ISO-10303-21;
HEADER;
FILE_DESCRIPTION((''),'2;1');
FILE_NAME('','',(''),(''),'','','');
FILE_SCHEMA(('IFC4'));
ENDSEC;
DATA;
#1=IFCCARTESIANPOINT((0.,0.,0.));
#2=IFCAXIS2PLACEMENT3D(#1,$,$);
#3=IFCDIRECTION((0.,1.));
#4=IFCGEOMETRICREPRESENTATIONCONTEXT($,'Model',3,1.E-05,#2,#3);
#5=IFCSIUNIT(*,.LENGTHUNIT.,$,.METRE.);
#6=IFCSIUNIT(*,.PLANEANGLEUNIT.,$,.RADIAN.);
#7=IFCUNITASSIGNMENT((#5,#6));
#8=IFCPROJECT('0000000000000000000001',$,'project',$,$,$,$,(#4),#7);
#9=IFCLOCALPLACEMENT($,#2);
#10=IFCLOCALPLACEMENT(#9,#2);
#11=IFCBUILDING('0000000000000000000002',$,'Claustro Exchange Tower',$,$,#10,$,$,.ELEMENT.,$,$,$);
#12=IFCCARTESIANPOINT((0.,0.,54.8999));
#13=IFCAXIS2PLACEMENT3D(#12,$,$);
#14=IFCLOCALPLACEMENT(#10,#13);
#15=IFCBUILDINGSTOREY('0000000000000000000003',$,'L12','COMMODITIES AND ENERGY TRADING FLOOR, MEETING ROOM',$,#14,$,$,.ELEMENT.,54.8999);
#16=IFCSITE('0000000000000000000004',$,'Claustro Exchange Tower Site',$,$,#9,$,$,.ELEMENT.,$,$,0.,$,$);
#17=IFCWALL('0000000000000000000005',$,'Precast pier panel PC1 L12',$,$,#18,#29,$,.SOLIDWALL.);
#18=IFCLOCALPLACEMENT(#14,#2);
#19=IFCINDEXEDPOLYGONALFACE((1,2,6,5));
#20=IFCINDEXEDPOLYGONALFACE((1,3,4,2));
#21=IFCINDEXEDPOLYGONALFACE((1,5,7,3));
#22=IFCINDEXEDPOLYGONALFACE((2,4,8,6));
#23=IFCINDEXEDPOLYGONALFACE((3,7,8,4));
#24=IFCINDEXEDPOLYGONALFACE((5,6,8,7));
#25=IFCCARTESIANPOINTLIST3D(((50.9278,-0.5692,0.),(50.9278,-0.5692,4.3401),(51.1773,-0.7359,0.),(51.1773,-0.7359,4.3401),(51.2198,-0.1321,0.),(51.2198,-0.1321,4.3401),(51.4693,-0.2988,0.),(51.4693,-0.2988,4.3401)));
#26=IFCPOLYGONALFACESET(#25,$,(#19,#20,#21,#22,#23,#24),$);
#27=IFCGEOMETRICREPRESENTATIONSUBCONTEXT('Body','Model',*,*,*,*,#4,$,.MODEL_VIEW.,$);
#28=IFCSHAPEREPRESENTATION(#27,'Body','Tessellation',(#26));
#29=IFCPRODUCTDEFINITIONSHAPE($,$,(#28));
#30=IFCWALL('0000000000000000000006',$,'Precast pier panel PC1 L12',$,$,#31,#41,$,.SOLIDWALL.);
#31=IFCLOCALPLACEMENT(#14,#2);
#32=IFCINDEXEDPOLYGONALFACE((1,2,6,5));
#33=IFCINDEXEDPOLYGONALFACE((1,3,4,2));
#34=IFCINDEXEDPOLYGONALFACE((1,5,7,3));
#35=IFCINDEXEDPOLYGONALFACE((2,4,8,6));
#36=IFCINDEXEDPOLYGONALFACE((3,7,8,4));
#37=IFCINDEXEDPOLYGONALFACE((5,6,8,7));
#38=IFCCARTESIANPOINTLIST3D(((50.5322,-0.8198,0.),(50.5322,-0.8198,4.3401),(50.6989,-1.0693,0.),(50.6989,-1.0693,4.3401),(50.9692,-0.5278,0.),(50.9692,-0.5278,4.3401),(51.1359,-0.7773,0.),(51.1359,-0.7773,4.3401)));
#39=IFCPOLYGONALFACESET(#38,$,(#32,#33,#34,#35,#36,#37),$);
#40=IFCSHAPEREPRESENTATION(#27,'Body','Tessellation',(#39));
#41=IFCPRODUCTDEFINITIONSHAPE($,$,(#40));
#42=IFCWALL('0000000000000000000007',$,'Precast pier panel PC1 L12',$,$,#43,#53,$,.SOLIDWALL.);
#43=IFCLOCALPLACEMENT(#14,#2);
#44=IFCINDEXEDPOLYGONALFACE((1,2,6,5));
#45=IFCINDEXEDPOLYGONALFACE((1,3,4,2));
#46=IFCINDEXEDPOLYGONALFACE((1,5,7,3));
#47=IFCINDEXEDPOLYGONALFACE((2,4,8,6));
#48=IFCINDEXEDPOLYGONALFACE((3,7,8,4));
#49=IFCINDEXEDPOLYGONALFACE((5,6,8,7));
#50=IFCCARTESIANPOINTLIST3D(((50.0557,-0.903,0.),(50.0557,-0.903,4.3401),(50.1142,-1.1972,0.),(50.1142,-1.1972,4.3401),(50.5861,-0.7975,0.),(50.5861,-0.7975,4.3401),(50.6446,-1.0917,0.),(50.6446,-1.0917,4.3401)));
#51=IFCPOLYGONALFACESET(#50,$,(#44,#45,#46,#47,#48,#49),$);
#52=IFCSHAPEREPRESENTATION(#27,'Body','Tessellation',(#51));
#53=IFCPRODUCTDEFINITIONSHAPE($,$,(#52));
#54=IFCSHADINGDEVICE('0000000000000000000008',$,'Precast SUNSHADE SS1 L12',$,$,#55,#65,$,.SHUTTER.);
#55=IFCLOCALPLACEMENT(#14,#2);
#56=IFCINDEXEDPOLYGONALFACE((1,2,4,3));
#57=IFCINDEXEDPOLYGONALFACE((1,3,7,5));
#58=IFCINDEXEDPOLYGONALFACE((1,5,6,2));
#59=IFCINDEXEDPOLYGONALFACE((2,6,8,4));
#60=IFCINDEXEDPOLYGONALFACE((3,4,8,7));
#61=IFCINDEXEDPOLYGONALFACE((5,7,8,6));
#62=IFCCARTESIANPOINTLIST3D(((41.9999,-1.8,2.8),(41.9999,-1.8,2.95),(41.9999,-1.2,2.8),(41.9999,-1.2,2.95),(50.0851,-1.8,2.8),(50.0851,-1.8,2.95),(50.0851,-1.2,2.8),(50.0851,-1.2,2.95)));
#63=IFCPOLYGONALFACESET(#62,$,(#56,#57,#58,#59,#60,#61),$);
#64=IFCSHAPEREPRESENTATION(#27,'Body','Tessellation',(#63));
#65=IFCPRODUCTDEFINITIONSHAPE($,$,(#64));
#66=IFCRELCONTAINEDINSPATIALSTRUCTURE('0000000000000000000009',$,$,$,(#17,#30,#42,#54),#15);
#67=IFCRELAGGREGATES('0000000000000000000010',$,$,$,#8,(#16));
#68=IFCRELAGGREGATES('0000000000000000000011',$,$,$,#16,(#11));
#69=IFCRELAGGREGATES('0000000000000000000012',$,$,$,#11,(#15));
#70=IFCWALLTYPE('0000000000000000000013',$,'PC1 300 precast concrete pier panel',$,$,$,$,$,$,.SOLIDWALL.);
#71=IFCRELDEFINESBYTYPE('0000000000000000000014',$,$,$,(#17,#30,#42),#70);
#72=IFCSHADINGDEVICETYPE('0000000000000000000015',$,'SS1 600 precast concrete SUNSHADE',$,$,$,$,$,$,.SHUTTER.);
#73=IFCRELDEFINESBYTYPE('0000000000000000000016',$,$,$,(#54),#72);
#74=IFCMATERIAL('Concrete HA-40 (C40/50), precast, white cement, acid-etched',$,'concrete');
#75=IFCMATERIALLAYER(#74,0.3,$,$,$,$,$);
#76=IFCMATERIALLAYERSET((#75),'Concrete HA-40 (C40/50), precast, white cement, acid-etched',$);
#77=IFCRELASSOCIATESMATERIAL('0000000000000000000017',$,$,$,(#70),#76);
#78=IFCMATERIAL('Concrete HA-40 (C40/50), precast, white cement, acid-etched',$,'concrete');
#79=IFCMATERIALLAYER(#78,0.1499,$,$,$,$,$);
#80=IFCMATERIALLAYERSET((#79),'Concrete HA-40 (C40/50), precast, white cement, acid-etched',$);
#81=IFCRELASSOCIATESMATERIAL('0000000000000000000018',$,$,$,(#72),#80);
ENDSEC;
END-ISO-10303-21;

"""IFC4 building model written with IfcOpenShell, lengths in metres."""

from ifc_helpers import new_model, si_unit, direction, frame, frame_2d, origin, origin_2d, place, context, subcontext, project, spatial, rectangle, extrude, material, layer, layer_set, type_object, element, save


model = new_model("IFC4")

# Units and contexts
model_context = context("Model", 3, precision=1e-05, world=origin(), true_north=direction((0.0, 1.0)))
body_context = subcontext(model_context, "Body", "Model", "MODEL_VIEW")
ifc_project = project(units=[si_unit("LENGTHUNIT", "METRE"), si_unit("PLANEANGLEUNIT", "RADIAN")], contexts=[model_context])

# Site, building, storey
site_placement = place(None, origin())
site = spatial("IfcSite", under=ifc_project, at=site_placement, Name="Claustro Exchange Tower Site", CompositionType="ELEMENT", RefElevation=0.0)
building_placement = place(site_placement, origin())
building = spatial("IfcBuilding", under=site, at=building_placement, Name="Claustro Exchange Tower", CompositionType="ELEMENT")
storey_placement = place(building_placement, frame((0.0, 0.0, 54.8999)))
storey = spatial("IfcBuildingStorey", under=building, at=storey_placement, Name="L12", Description="COMMODITIES AND ENERGY TRADING FLOOR, MEETING ROOM", CompositionType="ELEMENT", Elevation=54.8999)

# Shared definitions
ifc_material_1 = material(Name="Concrete HA-40 (C40/50), precast, white cement, acid-etched", Category="concrete")
ifc_layer_1 = layer(ifc_material_1, 0.3)
ifc_layer_set_1 = layer_set([ifc_layer_1], Name="Concrete HA-40 (C40/50), precast, white cement, acid-etched")
wall_type_1 = type_object("IfcWallType", Name="PC1 300 precast concrete pier panel", PredefinedType="SOLIDWALL", material=ifc_layer_set_1)

# Walls
for number, where, z_axis, x_axis, name in (
    (1, (51.3445, -0.2156, 0.0), (0.0, 0.0, 1.0), (-0.555557, -0.831478, 0.0), "Precast pier panel PC1 L12"),
    (2, (51.0525, -0.6526, 0.0), (0.0, 0.0, 1.0), (-0.831478, -0.555557, 0.0), "Precast pier panel PC1 L12"),
):
    element("IfcWall", number, at=place(storey_placement, frame(where, z_axis=z_axis, x_axis=x_axis)), inside=storey, type_object=wall_type_1, Name=name, PredefinedType="SOLIDWALL", context=body_context, shape_type="SweptSolid", body=[
        extrude(rectangle(XDim=0.5256, YDim=0.3, at=frame_2d((0.2627, 0.0))), origin(), (0.0, 0.0, 1.0), 4.3401),
    ])
wall_1_placement = place(storey_placement, frame((50.6155, -0.9446, 0.0), z_axis=(0.0, 0.0, 1.0), x_axis=(-0.980789, -0.195074, 0.0)))
element("IfcWall", 3, at=wall_1_placement, inside=storey, type_object=wall_type_1, Name="Precast pier panel PC1 L12", PredefinedType="SOLIDWALL", context=body_context, shape_type="SweptSolid", body=[
    extrude(rectangle(XDim=0.5408, YDim=0.3, at=frame_2d((0.2705, 0.0))), origin(), (0.0, 0.0, 1.0), 4.3401),
])

# Shading device
ifc_material_2 = material(Name="Concrete HA-40 (C40/50), precast, white cement, acid-etched", Category="concrete")
ifc_layer_2 = layer(ifc_material_2, 0.1499)
ifc_layer_set_2 = layer_set([ifc_layer_2], Name="Concrete HA-40 (C40/50), precast, white cement, acid-etched")
shading_device_type = type_object("IfcShadingDeviceType", Name="SS1 600 precast concrete SUNSHADE", PredefinedType="SHUTTER", material=ifc_layer_set_2)
shading_device_placement = place(storey_placement, frame((46.0425, -1.5, 2.8), z_axis=(0.0, 0.0, 1.0), x_axis=(-1.0, 0.0, 0.0)))
element("IfcShadingDevice", 4, at=shading_device_placement, inside=storey, type_object=shading_device_type, Name="Precast SUNSHADE SS1 L12", PredefinedType="SHUTTER", context=body_context, shape_type="SweptSolid", body=[
    extrude(rectangle(XDim=8.0852, YDim=0.6001, at=origin_2d()), origin(), (0.0, 0.0, 1.0), 0.1499),
])

save(model, "model.ifc")
